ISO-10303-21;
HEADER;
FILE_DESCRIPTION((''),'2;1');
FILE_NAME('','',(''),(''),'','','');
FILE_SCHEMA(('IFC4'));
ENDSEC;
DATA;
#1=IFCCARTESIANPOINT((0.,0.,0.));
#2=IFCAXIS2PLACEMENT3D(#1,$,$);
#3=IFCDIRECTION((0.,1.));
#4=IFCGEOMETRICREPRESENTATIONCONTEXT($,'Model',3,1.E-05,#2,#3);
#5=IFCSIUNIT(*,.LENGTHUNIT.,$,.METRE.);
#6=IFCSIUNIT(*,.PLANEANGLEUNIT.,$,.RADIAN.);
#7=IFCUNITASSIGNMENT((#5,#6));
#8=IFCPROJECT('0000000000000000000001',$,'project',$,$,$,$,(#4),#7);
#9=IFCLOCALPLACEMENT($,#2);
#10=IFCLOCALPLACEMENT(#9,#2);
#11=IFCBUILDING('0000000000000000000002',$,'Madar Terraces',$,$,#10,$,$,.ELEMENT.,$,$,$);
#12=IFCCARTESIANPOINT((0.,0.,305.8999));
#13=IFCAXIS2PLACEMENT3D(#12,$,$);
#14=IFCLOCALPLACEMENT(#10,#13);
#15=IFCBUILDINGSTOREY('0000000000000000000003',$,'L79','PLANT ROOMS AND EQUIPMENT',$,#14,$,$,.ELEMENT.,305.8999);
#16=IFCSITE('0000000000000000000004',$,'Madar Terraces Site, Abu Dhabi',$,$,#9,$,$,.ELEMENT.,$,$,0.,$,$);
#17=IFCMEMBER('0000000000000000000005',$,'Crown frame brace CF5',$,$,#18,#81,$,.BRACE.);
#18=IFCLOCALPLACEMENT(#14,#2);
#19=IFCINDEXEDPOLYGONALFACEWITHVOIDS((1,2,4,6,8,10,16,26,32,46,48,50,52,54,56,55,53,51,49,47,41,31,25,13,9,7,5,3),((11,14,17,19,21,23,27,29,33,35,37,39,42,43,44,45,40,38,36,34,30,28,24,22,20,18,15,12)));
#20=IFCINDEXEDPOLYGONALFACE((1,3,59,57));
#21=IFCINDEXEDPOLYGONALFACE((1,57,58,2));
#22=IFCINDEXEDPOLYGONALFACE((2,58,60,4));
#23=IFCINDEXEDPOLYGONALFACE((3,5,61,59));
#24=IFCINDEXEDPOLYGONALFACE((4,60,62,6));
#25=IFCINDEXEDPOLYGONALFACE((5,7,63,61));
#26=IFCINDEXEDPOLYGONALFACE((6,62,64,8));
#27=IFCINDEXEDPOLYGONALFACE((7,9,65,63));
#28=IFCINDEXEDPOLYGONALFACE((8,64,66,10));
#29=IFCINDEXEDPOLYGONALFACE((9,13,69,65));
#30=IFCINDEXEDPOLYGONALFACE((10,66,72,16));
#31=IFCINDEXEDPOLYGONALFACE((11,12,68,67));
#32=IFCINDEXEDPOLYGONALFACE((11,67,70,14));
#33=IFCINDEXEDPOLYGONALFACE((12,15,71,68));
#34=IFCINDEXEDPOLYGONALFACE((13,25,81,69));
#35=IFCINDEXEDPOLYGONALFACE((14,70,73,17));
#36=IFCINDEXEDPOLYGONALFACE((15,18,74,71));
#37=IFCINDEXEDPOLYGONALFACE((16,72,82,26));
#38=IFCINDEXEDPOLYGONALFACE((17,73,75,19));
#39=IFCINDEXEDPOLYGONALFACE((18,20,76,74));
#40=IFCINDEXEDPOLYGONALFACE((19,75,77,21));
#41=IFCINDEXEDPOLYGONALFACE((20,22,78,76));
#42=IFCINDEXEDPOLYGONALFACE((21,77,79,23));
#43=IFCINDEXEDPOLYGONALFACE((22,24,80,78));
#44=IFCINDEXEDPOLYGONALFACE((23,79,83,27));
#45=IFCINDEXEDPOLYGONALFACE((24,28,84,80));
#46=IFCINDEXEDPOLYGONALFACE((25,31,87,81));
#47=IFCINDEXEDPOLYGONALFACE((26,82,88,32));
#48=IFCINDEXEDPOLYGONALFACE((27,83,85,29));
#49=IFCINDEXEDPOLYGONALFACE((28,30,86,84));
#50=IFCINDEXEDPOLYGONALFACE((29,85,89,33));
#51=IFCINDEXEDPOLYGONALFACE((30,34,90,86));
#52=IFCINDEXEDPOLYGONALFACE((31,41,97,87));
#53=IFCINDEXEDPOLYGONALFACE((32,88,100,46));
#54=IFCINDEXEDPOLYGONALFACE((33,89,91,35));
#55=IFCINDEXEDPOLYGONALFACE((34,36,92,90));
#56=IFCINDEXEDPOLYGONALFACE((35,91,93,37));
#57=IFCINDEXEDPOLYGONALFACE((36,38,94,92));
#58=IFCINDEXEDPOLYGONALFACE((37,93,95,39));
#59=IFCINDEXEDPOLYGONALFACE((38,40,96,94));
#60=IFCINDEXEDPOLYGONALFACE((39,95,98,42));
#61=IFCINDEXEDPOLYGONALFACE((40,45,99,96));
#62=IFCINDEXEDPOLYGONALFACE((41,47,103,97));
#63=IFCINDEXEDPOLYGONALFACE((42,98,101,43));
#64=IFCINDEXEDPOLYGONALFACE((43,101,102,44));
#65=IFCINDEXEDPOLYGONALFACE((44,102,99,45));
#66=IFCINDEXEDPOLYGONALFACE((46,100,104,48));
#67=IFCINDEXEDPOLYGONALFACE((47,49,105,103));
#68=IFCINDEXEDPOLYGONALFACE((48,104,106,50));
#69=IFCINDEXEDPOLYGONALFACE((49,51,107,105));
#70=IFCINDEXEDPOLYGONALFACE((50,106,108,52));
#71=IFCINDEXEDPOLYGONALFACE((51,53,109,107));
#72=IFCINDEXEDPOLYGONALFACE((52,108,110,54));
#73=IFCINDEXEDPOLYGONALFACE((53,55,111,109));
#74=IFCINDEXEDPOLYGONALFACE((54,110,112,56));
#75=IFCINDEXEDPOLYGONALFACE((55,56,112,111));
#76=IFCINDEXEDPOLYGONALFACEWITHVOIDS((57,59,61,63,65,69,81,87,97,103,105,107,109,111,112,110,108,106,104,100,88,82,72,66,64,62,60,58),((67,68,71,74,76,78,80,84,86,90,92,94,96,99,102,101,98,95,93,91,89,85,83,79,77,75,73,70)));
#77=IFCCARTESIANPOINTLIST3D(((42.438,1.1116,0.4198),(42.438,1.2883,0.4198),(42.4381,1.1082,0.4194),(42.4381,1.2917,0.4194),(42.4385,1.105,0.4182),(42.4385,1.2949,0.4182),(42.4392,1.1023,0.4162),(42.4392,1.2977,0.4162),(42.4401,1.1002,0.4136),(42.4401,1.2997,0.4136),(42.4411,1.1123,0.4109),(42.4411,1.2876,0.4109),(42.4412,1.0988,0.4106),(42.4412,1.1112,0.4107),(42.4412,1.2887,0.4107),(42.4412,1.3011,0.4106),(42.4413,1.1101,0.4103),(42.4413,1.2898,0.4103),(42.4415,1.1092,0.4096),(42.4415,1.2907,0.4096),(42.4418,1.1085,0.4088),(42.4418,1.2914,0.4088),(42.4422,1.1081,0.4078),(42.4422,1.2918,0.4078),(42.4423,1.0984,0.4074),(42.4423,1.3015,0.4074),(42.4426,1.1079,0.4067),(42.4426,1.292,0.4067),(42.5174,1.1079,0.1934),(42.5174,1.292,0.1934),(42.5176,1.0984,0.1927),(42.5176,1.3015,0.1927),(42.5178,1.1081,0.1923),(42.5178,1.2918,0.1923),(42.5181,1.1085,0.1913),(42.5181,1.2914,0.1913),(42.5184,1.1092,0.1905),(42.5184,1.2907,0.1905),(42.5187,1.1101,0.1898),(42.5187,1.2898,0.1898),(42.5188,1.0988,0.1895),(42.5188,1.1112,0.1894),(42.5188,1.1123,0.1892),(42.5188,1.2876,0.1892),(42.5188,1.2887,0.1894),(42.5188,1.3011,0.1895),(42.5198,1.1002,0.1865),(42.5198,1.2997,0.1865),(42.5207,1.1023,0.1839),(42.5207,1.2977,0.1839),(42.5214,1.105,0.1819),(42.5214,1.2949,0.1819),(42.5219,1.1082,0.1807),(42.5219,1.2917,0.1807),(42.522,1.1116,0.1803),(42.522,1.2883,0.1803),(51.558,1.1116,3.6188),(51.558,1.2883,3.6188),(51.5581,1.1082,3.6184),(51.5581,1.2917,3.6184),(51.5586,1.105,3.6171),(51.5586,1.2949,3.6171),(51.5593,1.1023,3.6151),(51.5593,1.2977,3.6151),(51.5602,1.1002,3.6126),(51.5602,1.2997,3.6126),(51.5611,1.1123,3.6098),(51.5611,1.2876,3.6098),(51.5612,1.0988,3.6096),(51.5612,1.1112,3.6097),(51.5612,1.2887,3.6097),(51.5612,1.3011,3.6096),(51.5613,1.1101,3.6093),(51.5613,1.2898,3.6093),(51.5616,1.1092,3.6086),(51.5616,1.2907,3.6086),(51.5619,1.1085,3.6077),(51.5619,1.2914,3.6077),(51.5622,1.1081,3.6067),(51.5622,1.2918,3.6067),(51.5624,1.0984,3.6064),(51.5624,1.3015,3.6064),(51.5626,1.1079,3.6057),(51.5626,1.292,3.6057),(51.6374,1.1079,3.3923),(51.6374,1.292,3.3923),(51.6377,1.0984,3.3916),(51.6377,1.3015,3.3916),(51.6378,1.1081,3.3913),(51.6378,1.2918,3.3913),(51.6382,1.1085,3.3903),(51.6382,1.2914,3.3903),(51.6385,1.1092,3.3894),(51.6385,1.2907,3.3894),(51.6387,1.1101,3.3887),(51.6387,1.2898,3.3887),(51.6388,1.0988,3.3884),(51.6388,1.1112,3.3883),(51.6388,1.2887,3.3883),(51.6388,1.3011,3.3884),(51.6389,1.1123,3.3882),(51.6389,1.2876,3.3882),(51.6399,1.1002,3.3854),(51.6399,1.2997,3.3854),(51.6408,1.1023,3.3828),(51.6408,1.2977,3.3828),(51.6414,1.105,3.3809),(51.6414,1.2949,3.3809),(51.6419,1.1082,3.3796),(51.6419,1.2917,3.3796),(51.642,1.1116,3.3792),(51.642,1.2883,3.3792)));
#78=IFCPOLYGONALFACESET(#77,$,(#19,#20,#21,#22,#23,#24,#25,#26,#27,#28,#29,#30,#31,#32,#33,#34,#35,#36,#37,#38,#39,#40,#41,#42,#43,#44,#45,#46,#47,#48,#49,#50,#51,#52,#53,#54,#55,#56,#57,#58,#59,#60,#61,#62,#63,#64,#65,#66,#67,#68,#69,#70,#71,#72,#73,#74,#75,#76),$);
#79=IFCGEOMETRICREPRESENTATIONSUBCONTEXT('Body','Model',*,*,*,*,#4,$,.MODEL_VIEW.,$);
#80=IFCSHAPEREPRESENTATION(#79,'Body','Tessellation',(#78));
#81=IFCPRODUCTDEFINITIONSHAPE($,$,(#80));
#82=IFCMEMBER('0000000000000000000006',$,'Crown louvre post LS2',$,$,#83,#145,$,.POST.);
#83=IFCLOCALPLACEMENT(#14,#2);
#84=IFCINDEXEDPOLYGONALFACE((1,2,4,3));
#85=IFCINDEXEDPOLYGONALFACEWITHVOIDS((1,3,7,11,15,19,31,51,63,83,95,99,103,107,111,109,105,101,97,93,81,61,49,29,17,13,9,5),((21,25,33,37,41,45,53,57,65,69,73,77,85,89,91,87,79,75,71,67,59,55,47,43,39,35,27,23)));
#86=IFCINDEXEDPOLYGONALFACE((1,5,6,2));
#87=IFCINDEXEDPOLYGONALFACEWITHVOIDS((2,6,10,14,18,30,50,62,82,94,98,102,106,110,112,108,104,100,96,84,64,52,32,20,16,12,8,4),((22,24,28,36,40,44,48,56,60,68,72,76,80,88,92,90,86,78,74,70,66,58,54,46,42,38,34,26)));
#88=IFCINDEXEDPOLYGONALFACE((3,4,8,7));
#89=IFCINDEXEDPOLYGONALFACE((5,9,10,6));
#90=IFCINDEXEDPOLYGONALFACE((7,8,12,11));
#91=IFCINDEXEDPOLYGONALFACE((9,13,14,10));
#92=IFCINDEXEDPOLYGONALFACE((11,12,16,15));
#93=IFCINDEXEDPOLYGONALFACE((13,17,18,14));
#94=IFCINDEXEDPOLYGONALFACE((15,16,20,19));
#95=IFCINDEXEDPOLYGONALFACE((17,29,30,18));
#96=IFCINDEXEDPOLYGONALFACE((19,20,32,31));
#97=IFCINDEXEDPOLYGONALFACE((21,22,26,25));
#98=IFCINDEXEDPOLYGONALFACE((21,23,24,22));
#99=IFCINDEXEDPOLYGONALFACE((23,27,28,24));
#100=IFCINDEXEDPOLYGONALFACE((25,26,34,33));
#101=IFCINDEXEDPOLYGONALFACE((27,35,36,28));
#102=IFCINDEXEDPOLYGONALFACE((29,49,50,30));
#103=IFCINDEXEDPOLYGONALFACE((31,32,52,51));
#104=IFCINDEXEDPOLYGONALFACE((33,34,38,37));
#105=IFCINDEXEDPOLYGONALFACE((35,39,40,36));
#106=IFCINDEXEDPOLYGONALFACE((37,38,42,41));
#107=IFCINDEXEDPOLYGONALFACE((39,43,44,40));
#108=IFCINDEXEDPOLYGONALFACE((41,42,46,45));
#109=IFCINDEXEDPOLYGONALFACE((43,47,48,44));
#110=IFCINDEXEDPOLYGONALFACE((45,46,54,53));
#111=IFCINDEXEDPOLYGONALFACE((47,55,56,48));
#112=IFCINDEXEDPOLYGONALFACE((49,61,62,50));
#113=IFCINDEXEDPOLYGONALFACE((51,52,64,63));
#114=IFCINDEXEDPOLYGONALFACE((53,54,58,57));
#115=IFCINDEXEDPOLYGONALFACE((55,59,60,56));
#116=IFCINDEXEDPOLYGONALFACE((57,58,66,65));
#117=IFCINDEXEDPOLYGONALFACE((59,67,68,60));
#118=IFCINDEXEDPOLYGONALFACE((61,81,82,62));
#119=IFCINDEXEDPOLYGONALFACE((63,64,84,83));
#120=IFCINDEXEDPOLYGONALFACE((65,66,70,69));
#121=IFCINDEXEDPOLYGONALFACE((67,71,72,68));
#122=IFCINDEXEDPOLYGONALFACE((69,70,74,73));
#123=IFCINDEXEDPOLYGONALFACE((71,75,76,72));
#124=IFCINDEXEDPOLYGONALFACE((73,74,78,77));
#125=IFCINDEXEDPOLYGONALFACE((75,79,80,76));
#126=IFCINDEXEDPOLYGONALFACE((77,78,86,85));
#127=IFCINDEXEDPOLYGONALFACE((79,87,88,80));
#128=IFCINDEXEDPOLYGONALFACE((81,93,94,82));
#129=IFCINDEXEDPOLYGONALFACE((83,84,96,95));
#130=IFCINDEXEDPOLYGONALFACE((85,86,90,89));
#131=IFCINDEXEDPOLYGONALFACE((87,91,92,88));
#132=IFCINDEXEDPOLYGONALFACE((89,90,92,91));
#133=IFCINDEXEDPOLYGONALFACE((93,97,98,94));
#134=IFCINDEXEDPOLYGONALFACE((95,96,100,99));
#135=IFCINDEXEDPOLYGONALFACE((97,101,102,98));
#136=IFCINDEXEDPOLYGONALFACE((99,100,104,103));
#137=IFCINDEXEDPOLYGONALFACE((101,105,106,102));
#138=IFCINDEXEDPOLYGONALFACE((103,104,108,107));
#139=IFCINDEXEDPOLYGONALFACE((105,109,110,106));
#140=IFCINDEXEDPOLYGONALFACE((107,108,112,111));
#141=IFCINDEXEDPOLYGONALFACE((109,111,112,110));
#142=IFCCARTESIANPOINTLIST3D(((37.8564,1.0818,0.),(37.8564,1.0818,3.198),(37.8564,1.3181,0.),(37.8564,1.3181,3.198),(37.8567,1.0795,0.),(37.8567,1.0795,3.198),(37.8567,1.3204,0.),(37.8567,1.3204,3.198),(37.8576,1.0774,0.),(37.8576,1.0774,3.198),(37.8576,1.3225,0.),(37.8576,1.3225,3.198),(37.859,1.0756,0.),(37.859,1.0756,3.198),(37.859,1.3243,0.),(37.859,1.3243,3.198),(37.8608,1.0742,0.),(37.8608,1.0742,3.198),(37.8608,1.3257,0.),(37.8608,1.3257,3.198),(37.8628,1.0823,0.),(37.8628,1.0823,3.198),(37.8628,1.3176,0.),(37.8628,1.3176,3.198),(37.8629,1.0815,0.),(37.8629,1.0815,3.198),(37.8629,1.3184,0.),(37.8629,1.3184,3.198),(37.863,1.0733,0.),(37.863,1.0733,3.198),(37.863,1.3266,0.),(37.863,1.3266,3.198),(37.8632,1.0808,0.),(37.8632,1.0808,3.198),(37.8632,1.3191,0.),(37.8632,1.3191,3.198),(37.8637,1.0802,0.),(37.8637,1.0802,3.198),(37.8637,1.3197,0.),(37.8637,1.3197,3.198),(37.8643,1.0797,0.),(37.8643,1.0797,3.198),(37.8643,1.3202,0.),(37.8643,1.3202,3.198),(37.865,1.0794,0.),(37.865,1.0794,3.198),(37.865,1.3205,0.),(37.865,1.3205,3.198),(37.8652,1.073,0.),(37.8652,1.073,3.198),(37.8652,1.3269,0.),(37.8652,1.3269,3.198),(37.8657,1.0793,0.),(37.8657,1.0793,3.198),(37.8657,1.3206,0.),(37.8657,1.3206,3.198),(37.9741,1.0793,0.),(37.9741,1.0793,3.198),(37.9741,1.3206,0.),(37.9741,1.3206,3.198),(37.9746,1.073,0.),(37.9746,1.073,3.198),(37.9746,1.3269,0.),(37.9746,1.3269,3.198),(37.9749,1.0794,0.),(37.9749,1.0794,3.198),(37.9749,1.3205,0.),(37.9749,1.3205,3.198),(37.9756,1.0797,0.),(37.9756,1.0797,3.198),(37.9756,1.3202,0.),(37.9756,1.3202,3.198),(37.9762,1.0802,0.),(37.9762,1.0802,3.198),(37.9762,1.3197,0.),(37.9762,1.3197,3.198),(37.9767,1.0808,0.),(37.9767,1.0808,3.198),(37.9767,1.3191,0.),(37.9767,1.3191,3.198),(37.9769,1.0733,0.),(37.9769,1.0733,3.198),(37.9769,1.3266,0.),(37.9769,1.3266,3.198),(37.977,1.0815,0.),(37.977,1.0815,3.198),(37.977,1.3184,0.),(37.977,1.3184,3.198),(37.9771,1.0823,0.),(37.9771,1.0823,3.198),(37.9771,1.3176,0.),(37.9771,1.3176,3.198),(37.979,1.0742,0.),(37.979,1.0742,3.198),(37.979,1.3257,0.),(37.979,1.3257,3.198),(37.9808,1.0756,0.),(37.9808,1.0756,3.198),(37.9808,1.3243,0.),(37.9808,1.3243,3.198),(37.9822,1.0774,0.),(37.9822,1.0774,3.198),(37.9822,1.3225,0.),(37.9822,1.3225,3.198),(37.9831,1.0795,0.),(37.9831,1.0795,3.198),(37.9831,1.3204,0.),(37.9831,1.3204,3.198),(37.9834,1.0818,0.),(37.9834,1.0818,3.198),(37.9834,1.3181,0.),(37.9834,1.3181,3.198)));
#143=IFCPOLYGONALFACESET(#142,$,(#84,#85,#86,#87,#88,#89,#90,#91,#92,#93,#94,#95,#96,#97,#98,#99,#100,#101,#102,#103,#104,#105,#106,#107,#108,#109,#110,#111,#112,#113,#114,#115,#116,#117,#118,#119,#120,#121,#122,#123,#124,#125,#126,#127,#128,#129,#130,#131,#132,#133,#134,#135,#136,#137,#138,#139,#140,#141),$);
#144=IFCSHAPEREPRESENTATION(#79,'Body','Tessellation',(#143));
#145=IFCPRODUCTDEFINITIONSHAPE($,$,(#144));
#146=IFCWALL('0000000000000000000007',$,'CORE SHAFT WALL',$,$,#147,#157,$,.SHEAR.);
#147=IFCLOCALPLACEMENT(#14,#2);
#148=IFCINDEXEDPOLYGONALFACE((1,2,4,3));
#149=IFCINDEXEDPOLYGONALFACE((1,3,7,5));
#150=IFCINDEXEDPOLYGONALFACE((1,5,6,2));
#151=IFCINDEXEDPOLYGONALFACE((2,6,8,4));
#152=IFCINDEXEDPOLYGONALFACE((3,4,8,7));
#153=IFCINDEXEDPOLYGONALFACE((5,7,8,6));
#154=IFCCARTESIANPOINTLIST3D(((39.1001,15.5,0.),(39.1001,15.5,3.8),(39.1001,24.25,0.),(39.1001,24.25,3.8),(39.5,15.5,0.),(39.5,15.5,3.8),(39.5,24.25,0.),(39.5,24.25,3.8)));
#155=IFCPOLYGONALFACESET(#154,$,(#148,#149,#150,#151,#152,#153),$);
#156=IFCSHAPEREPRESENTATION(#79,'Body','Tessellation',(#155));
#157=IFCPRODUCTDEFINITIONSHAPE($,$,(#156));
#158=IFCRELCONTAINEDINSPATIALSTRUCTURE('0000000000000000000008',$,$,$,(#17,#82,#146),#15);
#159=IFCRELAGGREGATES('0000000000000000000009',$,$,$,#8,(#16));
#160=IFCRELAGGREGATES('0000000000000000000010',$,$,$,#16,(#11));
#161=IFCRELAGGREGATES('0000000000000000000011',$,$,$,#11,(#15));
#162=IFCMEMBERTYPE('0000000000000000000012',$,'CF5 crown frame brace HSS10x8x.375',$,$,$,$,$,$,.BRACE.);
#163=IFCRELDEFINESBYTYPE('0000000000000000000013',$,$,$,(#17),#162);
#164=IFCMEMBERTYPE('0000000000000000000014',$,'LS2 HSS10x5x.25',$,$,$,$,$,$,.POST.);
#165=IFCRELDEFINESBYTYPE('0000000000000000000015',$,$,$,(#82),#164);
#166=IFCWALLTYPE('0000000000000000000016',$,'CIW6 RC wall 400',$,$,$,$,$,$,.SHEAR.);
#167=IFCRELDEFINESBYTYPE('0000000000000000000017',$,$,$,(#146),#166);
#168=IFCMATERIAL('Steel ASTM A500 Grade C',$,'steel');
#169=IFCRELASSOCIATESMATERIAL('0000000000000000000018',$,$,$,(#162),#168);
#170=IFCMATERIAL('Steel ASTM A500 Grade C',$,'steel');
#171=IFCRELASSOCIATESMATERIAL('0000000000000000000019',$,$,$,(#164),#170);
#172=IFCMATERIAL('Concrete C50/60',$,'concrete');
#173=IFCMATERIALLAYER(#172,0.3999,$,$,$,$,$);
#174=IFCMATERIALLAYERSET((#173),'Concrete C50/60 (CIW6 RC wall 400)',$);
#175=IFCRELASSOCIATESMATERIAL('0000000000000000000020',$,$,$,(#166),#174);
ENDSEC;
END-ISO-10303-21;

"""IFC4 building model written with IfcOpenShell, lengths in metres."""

from ifc_helpers import new_model, si_unit, direction, frame, frame_2d, origin, origin_2d, place, context, subcontext, project, spatial, rectangle, hollow_rectangle, extrude, material, layer, layer_set, material_profile, profile_set, type_object, element, save


model = new_model("IFC4")

# Units and contexts
model_context = context("Model", 3, precision=1e-05, world=origin(), true_north=direction((0.0, 1.0)))
body_context = subcontext(model_context, "Body", "Model", "MODEL_VIEW")
ifc_project = project(units=[si_unit("LENGTHUNIT", "METRE"), si_unit("PLANEANGLEUNIT", "RADIAN")], contexts=[model_context])

# Site, building, storey
site_placement = place(None, origin())
site = spatial("IfcSite", under=ifc_project, at=site_placement, Name="Madar Terraces Site, Abu Dhabi", CompositionType="ELEMENT", RefElevation=0.0)
building_placement = place(site_placement, origin())
building = spatial("IfcBuilding", under=site, at=building_placement, Name="Madar Terraces", CompositionType="ELEMENT")
storey_placement = place(building_placement, frame((0.0, 0.0, 305.8999)))
storey = spatial("IfcBuildingStorey", under=building, at=storey_placement, Name="L79", Description="PLANT ROOMS AND EQUIPMENT", CompositionType="ELEMENT", Elevation=305.8999)

# Members
ifc_material_1 = material(Name="Steel ASTM A500 Grade C", Category="steel")
ifc_material_profile_1 = material_profile(ifc_material_1, hollow_rectangle(XDim=0.2031, YDim=0.2539, WallThickness=0.0095, InnerFilletRadius=0.0044, OuterFilletRadius=0.0132, at=origin_2d()), Name="HSS10x8x.375")
ifc_profile_set_1 = profile_set([ifc_material_profile_1], Name="Steel ASTM A500 Grade C")
member_type_1 = type_object("IfcMemberType", Name="CF5 crown frame brace HSS10x8x.375", PredefinedType="BRACE", material=ifc_profile_set_1)
member_1_placement = place(storey_placement, frame((42.48, 1.2, 0.3), z_axis=(0.943634, 0.0, 0.330989), x_axis=(0.0, 1.0, 0.0)))
element("IfcMember", 1, at=member_1_placement, inside=storey, type_object=member_type_1, Name="Crown frame brace CF5", PredefinedType="BRACE", context=body_context, shape_type="SweptSolid", body=[
    extrude(hollow_rectangle(XDim=0.2031, YDim=0.2539, WallThickness=0.0095, InnerFilletRadius=0.0044, OuterFilletRadius=0.0132, at=origin_2d()), origin(), (0.0, 0.0, 1.0), 9.6648),
])
ifc_material_2 = material(Name="Steel ASTM A500 Grade C", Category="steel")
ifc_material_profile_2 = material_profile(ifc_material_2, hollow_rectangle(XDim=0.127, YDim=0.2539, WallThickness=0.0063, InnerFilletRadius=0.0029, OuterFilletRadius=0.0088, at=origin_2d()), Name="HSS10x5x.25")
ifc_profile_set_2 = profile_set([ifc_material_profile_2], Name="Steel ASTM A500 Grade C")
member_type_2 = type_object("IfcMemberType", Name="LS2 HSS10x5x.25", PredefinedType="POST", material=ifc_profile_set_2)
member_2_placement = place(storey_placement, frame((37.9199, 1.2, 0.0), z_axis=(0.0, 0.0, 1.0), x_axis=(1.0, 0.0, 0.0)))
element("IfcMember", 2, at=member_2_placement, inside=storey, type_object=member_type_2, Name="Crown louvre post LS2", PredefinedType="POST", context=body_context, shape_type="SweptSolid", body=[
    extrude(hollow_rectangle(XDim=0.127, YDim=0.2539, WallThickness=0.0063, InnerFilletRadius=0.0029, OuterFilletRadius=0.0088, at=origin_2d()), origin(), (0.0, 0.0, 1.0), 3.198),
])

# Wall
ifc_material_3 = material(Name="Concrete C50/60", Category="concrete")
ifc_layer_1 = layer(ifc_material_3, 0.3999)
ifc_layer_set_1 = layer_set([ifc_layer_1], Name="Concrete C50/60 (CIW6 RC wall 400)")
wall_type_1 = type_object("IfcWallType", Name="CIW6 RC wall 400", PredefinedType="SHEAR", material=ifc_layer_set_1)
wall_1_placement = place(storey_placement, frame((39.3, 15.5, 0.0), z_axis=(0.0, 0.0, 1.0), x_axis=(0.0, 1.0, 0.0)))
element("IfcWall", 3, at=wall_1_placement, inside=storey, type_object=wall_type_1, Name="CORE SHAFT WALL", PredefinedType="SHEAR", context=body_context, shape_type="SweptSolid", body=[
    extrude(rectangle(XDim=8.75, YDim=0.3999, at=frame_2d((4.375, 0.0))), origin(), (0.0, 0.0, 1.0), 3.8),
])

save(model, "model.ifc")
